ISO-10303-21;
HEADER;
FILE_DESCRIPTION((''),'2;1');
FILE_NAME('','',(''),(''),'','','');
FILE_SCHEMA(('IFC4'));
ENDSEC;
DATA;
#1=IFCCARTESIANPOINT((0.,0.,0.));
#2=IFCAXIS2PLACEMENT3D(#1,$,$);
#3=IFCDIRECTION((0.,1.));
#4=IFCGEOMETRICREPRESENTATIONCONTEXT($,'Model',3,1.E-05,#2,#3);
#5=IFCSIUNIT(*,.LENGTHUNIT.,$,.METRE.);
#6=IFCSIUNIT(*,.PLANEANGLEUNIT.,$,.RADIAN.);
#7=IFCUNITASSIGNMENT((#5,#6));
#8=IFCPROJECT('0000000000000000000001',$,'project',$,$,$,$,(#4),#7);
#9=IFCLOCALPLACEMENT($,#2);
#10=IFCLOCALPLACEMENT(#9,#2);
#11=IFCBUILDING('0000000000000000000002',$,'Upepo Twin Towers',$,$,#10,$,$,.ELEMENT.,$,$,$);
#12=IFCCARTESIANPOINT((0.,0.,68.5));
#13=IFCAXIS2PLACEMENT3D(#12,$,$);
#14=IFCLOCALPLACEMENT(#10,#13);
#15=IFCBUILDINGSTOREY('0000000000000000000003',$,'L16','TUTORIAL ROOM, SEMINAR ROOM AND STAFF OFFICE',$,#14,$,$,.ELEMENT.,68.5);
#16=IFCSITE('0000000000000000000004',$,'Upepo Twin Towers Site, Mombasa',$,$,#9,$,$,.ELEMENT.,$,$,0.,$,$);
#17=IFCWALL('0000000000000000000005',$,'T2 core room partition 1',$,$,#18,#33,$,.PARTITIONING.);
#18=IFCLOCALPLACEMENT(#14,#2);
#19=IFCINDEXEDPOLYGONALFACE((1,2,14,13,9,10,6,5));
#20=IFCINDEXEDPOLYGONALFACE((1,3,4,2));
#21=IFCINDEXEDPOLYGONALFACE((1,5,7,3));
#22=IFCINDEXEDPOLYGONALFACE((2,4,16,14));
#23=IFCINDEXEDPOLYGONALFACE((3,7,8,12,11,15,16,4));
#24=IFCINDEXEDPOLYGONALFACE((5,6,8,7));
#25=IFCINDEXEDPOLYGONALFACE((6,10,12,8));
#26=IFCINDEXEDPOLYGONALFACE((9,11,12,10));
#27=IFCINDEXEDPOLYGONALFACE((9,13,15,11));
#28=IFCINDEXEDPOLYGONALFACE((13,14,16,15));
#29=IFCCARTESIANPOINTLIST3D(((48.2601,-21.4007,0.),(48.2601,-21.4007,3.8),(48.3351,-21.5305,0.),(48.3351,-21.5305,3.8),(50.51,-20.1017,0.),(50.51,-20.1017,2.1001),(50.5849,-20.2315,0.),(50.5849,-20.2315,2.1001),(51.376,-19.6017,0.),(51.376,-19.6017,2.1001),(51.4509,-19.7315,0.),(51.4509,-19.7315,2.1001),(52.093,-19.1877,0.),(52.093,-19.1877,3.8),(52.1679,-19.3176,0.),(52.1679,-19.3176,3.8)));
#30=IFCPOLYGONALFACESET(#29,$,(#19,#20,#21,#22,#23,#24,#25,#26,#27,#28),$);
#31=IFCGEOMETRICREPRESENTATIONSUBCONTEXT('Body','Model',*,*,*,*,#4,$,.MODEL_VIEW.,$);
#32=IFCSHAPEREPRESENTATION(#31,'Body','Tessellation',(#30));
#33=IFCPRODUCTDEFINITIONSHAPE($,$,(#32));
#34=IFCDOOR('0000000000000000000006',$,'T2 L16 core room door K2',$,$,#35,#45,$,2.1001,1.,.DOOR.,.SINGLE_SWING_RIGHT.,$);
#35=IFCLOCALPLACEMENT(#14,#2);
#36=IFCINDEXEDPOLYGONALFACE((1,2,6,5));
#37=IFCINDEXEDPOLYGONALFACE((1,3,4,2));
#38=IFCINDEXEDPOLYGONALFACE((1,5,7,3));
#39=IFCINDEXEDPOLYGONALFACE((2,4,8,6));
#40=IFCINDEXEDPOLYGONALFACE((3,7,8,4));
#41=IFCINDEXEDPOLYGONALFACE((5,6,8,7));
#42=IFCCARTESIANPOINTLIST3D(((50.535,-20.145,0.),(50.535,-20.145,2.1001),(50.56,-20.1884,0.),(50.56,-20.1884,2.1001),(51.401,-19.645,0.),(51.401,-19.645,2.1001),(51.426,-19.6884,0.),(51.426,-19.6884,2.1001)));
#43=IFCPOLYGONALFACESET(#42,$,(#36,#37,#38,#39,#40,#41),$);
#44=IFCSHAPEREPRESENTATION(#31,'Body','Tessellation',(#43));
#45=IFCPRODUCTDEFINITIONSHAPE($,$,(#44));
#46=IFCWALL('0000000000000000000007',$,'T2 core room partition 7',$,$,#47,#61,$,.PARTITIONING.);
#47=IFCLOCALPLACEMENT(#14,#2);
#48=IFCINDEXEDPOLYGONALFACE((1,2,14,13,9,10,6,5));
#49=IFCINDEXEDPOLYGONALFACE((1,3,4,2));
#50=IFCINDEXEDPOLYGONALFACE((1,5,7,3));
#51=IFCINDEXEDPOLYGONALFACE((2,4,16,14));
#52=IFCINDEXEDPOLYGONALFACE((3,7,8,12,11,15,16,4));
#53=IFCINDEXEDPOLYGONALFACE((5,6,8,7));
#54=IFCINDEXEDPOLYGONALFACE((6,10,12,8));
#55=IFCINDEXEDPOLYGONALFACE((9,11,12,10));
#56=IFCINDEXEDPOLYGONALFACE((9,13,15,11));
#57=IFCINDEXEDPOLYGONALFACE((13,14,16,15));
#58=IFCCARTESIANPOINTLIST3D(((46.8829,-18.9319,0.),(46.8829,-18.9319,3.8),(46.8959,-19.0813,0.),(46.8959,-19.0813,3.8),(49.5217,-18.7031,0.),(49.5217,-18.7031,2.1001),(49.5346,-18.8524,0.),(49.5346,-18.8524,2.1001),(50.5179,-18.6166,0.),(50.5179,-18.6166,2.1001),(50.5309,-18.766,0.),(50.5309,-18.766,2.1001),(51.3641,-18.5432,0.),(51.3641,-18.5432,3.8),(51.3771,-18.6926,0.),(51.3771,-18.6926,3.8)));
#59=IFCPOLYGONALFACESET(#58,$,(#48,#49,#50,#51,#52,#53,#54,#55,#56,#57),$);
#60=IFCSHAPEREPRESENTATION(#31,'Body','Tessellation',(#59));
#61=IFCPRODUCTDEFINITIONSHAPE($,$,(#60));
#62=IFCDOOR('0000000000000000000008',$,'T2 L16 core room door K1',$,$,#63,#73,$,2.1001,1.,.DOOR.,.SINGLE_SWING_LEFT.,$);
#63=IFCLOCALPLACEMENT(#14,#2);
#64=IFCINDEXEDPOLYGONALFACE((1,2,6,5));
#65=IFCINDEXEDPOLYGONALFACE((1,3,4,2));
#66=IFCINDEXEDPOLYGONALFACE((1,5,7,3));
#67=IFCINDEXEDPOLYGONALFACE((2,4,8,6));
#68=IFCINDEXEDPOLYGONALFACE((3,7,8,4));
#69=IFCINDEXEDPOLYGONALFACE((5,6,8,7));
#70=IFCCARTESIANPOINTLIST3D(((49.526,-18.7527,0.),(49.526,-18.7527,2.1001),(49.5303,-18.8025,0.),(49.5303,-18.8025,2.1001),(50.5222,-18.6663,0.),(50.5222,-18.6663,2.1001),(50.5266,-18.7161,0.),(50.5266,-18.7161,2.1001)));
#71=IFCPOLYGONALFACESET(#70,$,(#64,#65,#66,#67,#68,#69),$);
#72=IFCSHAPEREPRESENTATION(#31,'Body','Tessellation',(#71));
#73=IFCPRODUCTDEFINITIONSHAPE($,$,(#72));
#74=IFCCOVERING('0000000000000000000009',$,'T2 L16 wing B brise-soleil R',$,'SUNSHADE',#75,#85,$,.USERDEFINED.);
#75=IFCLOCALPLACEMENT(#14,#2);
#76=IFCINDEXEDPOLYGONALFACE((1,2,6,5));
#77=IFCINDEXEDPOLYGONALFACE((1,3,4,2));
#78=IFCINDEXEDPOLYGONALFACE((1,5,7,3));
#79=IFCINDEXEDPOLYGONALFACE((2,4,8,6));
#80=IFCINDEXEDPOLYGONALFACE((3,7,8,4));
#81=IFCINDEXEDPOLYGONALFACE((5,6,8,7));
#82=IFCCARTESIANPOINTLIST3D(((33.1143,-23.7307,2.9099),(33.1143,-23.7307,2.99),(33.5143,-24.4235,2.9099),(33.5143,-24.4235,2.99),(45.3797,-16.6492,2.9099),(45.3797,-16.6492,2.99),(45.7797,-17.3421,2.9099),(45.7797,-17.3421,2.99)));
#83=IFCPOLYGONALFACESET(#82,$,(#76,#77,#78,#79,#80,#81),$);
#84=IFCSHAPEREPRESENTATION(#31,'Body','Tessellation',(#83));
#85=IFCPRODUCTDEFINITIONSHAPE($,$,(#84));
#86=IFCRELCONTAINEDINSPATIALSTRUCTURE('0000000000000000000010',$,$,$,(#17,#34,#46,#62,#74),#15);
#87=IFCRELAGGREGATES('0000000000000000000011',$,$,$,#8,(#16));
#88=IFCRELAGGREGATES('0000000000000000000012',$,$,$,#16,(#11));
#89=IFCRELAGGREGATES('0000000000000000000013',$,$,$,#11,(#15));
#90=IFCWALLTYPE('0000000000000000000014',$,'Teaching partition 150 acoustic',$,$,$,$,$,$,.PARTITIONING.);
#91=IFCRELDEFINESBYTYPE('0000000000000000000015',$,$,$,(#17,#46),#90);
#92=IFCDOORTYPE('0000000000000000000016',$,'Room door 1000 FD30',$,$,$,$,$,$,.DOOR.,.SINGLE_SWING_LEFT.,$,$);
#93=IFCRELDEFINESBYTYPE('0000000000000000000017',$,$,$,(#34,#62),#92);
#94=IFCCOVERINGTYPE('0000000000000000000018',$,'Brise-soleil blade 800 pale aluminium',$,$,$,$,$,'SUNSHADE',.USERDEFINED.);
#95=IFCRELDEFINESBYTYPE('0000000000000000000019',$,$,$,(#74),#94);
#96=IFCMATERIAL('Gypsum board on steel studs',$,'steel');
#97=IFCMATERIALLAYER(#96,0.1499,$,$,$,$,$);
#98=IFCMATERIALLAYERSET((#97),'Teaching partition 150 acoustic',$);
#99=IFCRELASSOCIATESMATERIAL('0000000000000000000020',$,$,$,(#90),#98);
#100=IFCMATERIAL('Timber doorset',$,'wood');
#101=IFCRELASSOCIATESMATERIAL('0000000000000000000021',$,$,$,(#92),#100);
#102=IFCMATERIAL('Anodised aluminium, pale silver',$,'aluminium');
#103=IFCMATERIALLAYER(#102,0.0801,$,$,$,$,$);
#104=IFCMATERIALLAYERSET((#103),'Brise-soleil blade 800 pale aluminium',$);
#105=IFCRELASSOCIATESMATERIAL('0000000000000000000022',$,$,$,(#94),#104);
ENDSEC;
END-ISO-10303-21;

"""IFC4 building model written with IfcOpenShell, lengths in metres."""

from ifc_helpers import new_model, si_unit, direction, frame, frame_2d, origin, origin_2d, place, context, subcontext, project, spatial, rectangle, extrude, material, layer, layer_set, type_object, element, fill, save


model = new_model("IFC4")

# Units and contexts
model_context = context("Model", 3, precision=1e-05, world=origin(), true_north=direction((0.0, 1.0)))
body_context = subcontext(model_context, "Body", "Model", "MODEL_VIEW")
ifc_project = project(units=[si_unit("LENGTHUNIT", "METRE"), si_unit("PLANEANGLEUNIT", "RADIAN")], contexts=[model_context])

# Site, building, storey
site_placement = place(None, origin())
site = spatial("IfcSite", under=ifc_project, at=site_placement, Name="Upepo Twin Towers Site, Mombasa", CompositionType="ELEMENT", RefElevation=0.0)
building_placement = place(site_placement, origin())
building = spatial("IfcBuilding", under=site, at=building_placement, Name="Upepo Twin Towers", CompositionType="ELEMENT")
storey_placement = place(building_placement, frame((0.0, 0.0, 68.5)))
storey = spatial("IfcBuildingStorey", under=building, at=storey_placement, Name="L16", Description="TUTORIAL ROOM, SEMINAR ROOM AND STAFF OFFICE", CompositionType="ELEMENT", Elevation=68.5)

# Walls, openings, doors
ifc_material_1 = material(Name="Gypsum board on steel studs", Category="steel")
ifc_layer_1 = layer(ifc_material_1, 0.1499)
ifc_layer_set_1 = layer_set([ifc_layer_1], Name="Teaching partition 150 acoustic")
wall_type_1 = type_object("IfcWallType", Name="Teaching partition 150 acoustic", PredefinedType="PARTITIONING", material=ifc_layer_set_1)
wall_1_placement = place(storey_placement, frame((48.2976, -21.4656, 0.0), z_axis=(0.0, 0.0, 1.0), x_axis=(0.866021, 0.500007, 0.0)))
wall_1 = element("IfcWall", 1, at=wall_1_placement, inside=storey, type_object=wall_type_1, Name="T2 core room partition 1", PredefinedType="PARTITIONING", context=body_context, shape_type="SweptSolid", body=[
    extrude(rectangle(XDim=4.4258, YDim=0.1499, at=frame_2d((2.2129, 0.0))), origin(), (0.0, 0.0, 1.0), 3.8),
])
opening_1_placement = place(wall_1_placement, frame((2.5979, 0.0, 0.0)))
opening_1 = element("IfcOpeningElement", 2, at=opening_1_placement, cuts=wall_1, PredefinedType="OPENING", context=body_context, shape_type="SweptSolid", body=[
    extrude(rectangle(XDim=1.0, YDim=2.1001, at=frame_2d((0.5, 1.05))), frame((0.0, 0.085, 0.0), z_axis=(0.0, -1.0, 0.0), x_axis=(1.0, 0.0, 0.0)), (0.0, 0.0, 1.0), 0.1699),
])
ifc_material_2 = material(Name="Timber doorset", Category="wood")
door_type = type_object("IfcDoorType", Name="Room door 1000 FD30", OperationType="SINGLE_SWING_LEFT", PredefinedType="DOOR", material=ifc_material_2)
door_1_placement = place(opening_1_placement, origin())
door_1 = element("IfcDoor", 3, at=door_1_placement, inside=storey, type_object=door_type, Name="T2 L16 core room door K2", OperationType="SINGLE_SWING_RIGHT", OverallHeight=2.1001, OverallWidth=1.0, PredefinedType="DOOR", context=body_context, shape_type="SweptSolid", body=[
    extrude(rectangle(XDim=1.0, YDim=2.1001, at=frame_2d((0.5, 1.05))), frame((0.0, 0.0249, 0.0), z_axis=(0.0, -1.0, 0.0), x_axis=(1.0, 0.0, 0.0)), (0.0, 0.0, 1.0), 0.05),
])
fill(opening_1, door_1)
wall_2_placement = place(storey_placement, frame((51.3706, -18.6179, 0.0), z_axis=(0.0, 0.0, 1.0), x_axis=(-0.99626, -0.086409, 0.0)))
wall_2 = element("IfcWall", 4, at=wall_2_placement, inside=storey, type_object=wall_type_1, Name="T2 core room partition 7", PredefinedType="PARTITIONING", context=body_context, shape_type="SweptSolid", body=[
    extrude(rectangle(XDim=4.498, YDim=0.1499, at=frame_2d((2.249, 0.0))), origin(), (0.0, 0.0, 1.0), 3.8),
])
opening_2_placement = place(wall_2_placement, frame((0.8494, 0.0, 0.0)))
opening_2 = element("IfcOpeningElement", 5, at=opening_2_placement, cuts=wall_2, PredefinedType="OPENING", context=body_context, shape_type="SweptSolid", body=[
    extrude(rectangle(XDim=1.0, YDim=2.1001, at=frame_2d((0.5, 1.05))), frame((0.0, 0.085, 0.0), z_axis=(0.0, -1.0, 0.0), x_axis=(1.0, 0.0, 0.0)), (0.0, 0.0, 1.0), 0.1699),
])
door_2_placement = place(opening_2_placement, origin())
door_2 = element("IfcDoor", 6, at=door_2_placement, inside=storey, type_object=door_type, Name="T2 L16 core room door K1", OperationType="SINGLE_SWING_LEFT", OverallHeight=2.1001, OverallWidth=1.0, PredefinedType="DOOR", context=body_context, shape_type="SweptSolid", body=[
    extrude(rectangle(XDim=1.0, YDim=2.1001, at=frame_2d((0.5, 1.05))), frame((0.0, 0.0249, 0.0), z_axis=(0.0, -1.0, 0.0), x_axis=(1.0, 0.0, 0.0)), (0.0, 0.0, 1.0), 0.05),
])
fill(opening_2, door_2)

# Covering
ifc_material_3 = material(Name="Anodised aluminium, pale silver", Category="aluminium")
ifc_layer_2 = layer(ifc_material_3, 0.0801)
ifc_layer_set_2 = layer_set([ifc_layer_2], Name="Brise-soleil blade 800 pale aluminium")
covering_type = type_object("IfcCoveringType", Name="Brise-soleil blade 800 pale aluminium", ElementType="SUNSHADE", PredefinedType="USERDEFINED", material=ifc_layer_set_2)
covering_placement = place(storey_placement, frame((39.447, -20.5364, 2.9099), z_axis=(0.0, 0.0, 1.0), x_axis=(-0.866025, -0.5, 0.0)))
element("IfcCovering", 7, at=covering_placement, inside=storey, type_object=covering_type, Name="T2 L16 wing B brise-soleil R", ObjectType="SUNSHADE", PredefinedType="USERDEFINED", context=body_context, shape_type="SweptSolid", body=[
    extrude(rectangle(XDim=14.1628, YDim=0.8, at=origin_2d()), origin(), (0.0, 0.0, 1.0), 0.0801),
])

save(model, "model.ifc")
